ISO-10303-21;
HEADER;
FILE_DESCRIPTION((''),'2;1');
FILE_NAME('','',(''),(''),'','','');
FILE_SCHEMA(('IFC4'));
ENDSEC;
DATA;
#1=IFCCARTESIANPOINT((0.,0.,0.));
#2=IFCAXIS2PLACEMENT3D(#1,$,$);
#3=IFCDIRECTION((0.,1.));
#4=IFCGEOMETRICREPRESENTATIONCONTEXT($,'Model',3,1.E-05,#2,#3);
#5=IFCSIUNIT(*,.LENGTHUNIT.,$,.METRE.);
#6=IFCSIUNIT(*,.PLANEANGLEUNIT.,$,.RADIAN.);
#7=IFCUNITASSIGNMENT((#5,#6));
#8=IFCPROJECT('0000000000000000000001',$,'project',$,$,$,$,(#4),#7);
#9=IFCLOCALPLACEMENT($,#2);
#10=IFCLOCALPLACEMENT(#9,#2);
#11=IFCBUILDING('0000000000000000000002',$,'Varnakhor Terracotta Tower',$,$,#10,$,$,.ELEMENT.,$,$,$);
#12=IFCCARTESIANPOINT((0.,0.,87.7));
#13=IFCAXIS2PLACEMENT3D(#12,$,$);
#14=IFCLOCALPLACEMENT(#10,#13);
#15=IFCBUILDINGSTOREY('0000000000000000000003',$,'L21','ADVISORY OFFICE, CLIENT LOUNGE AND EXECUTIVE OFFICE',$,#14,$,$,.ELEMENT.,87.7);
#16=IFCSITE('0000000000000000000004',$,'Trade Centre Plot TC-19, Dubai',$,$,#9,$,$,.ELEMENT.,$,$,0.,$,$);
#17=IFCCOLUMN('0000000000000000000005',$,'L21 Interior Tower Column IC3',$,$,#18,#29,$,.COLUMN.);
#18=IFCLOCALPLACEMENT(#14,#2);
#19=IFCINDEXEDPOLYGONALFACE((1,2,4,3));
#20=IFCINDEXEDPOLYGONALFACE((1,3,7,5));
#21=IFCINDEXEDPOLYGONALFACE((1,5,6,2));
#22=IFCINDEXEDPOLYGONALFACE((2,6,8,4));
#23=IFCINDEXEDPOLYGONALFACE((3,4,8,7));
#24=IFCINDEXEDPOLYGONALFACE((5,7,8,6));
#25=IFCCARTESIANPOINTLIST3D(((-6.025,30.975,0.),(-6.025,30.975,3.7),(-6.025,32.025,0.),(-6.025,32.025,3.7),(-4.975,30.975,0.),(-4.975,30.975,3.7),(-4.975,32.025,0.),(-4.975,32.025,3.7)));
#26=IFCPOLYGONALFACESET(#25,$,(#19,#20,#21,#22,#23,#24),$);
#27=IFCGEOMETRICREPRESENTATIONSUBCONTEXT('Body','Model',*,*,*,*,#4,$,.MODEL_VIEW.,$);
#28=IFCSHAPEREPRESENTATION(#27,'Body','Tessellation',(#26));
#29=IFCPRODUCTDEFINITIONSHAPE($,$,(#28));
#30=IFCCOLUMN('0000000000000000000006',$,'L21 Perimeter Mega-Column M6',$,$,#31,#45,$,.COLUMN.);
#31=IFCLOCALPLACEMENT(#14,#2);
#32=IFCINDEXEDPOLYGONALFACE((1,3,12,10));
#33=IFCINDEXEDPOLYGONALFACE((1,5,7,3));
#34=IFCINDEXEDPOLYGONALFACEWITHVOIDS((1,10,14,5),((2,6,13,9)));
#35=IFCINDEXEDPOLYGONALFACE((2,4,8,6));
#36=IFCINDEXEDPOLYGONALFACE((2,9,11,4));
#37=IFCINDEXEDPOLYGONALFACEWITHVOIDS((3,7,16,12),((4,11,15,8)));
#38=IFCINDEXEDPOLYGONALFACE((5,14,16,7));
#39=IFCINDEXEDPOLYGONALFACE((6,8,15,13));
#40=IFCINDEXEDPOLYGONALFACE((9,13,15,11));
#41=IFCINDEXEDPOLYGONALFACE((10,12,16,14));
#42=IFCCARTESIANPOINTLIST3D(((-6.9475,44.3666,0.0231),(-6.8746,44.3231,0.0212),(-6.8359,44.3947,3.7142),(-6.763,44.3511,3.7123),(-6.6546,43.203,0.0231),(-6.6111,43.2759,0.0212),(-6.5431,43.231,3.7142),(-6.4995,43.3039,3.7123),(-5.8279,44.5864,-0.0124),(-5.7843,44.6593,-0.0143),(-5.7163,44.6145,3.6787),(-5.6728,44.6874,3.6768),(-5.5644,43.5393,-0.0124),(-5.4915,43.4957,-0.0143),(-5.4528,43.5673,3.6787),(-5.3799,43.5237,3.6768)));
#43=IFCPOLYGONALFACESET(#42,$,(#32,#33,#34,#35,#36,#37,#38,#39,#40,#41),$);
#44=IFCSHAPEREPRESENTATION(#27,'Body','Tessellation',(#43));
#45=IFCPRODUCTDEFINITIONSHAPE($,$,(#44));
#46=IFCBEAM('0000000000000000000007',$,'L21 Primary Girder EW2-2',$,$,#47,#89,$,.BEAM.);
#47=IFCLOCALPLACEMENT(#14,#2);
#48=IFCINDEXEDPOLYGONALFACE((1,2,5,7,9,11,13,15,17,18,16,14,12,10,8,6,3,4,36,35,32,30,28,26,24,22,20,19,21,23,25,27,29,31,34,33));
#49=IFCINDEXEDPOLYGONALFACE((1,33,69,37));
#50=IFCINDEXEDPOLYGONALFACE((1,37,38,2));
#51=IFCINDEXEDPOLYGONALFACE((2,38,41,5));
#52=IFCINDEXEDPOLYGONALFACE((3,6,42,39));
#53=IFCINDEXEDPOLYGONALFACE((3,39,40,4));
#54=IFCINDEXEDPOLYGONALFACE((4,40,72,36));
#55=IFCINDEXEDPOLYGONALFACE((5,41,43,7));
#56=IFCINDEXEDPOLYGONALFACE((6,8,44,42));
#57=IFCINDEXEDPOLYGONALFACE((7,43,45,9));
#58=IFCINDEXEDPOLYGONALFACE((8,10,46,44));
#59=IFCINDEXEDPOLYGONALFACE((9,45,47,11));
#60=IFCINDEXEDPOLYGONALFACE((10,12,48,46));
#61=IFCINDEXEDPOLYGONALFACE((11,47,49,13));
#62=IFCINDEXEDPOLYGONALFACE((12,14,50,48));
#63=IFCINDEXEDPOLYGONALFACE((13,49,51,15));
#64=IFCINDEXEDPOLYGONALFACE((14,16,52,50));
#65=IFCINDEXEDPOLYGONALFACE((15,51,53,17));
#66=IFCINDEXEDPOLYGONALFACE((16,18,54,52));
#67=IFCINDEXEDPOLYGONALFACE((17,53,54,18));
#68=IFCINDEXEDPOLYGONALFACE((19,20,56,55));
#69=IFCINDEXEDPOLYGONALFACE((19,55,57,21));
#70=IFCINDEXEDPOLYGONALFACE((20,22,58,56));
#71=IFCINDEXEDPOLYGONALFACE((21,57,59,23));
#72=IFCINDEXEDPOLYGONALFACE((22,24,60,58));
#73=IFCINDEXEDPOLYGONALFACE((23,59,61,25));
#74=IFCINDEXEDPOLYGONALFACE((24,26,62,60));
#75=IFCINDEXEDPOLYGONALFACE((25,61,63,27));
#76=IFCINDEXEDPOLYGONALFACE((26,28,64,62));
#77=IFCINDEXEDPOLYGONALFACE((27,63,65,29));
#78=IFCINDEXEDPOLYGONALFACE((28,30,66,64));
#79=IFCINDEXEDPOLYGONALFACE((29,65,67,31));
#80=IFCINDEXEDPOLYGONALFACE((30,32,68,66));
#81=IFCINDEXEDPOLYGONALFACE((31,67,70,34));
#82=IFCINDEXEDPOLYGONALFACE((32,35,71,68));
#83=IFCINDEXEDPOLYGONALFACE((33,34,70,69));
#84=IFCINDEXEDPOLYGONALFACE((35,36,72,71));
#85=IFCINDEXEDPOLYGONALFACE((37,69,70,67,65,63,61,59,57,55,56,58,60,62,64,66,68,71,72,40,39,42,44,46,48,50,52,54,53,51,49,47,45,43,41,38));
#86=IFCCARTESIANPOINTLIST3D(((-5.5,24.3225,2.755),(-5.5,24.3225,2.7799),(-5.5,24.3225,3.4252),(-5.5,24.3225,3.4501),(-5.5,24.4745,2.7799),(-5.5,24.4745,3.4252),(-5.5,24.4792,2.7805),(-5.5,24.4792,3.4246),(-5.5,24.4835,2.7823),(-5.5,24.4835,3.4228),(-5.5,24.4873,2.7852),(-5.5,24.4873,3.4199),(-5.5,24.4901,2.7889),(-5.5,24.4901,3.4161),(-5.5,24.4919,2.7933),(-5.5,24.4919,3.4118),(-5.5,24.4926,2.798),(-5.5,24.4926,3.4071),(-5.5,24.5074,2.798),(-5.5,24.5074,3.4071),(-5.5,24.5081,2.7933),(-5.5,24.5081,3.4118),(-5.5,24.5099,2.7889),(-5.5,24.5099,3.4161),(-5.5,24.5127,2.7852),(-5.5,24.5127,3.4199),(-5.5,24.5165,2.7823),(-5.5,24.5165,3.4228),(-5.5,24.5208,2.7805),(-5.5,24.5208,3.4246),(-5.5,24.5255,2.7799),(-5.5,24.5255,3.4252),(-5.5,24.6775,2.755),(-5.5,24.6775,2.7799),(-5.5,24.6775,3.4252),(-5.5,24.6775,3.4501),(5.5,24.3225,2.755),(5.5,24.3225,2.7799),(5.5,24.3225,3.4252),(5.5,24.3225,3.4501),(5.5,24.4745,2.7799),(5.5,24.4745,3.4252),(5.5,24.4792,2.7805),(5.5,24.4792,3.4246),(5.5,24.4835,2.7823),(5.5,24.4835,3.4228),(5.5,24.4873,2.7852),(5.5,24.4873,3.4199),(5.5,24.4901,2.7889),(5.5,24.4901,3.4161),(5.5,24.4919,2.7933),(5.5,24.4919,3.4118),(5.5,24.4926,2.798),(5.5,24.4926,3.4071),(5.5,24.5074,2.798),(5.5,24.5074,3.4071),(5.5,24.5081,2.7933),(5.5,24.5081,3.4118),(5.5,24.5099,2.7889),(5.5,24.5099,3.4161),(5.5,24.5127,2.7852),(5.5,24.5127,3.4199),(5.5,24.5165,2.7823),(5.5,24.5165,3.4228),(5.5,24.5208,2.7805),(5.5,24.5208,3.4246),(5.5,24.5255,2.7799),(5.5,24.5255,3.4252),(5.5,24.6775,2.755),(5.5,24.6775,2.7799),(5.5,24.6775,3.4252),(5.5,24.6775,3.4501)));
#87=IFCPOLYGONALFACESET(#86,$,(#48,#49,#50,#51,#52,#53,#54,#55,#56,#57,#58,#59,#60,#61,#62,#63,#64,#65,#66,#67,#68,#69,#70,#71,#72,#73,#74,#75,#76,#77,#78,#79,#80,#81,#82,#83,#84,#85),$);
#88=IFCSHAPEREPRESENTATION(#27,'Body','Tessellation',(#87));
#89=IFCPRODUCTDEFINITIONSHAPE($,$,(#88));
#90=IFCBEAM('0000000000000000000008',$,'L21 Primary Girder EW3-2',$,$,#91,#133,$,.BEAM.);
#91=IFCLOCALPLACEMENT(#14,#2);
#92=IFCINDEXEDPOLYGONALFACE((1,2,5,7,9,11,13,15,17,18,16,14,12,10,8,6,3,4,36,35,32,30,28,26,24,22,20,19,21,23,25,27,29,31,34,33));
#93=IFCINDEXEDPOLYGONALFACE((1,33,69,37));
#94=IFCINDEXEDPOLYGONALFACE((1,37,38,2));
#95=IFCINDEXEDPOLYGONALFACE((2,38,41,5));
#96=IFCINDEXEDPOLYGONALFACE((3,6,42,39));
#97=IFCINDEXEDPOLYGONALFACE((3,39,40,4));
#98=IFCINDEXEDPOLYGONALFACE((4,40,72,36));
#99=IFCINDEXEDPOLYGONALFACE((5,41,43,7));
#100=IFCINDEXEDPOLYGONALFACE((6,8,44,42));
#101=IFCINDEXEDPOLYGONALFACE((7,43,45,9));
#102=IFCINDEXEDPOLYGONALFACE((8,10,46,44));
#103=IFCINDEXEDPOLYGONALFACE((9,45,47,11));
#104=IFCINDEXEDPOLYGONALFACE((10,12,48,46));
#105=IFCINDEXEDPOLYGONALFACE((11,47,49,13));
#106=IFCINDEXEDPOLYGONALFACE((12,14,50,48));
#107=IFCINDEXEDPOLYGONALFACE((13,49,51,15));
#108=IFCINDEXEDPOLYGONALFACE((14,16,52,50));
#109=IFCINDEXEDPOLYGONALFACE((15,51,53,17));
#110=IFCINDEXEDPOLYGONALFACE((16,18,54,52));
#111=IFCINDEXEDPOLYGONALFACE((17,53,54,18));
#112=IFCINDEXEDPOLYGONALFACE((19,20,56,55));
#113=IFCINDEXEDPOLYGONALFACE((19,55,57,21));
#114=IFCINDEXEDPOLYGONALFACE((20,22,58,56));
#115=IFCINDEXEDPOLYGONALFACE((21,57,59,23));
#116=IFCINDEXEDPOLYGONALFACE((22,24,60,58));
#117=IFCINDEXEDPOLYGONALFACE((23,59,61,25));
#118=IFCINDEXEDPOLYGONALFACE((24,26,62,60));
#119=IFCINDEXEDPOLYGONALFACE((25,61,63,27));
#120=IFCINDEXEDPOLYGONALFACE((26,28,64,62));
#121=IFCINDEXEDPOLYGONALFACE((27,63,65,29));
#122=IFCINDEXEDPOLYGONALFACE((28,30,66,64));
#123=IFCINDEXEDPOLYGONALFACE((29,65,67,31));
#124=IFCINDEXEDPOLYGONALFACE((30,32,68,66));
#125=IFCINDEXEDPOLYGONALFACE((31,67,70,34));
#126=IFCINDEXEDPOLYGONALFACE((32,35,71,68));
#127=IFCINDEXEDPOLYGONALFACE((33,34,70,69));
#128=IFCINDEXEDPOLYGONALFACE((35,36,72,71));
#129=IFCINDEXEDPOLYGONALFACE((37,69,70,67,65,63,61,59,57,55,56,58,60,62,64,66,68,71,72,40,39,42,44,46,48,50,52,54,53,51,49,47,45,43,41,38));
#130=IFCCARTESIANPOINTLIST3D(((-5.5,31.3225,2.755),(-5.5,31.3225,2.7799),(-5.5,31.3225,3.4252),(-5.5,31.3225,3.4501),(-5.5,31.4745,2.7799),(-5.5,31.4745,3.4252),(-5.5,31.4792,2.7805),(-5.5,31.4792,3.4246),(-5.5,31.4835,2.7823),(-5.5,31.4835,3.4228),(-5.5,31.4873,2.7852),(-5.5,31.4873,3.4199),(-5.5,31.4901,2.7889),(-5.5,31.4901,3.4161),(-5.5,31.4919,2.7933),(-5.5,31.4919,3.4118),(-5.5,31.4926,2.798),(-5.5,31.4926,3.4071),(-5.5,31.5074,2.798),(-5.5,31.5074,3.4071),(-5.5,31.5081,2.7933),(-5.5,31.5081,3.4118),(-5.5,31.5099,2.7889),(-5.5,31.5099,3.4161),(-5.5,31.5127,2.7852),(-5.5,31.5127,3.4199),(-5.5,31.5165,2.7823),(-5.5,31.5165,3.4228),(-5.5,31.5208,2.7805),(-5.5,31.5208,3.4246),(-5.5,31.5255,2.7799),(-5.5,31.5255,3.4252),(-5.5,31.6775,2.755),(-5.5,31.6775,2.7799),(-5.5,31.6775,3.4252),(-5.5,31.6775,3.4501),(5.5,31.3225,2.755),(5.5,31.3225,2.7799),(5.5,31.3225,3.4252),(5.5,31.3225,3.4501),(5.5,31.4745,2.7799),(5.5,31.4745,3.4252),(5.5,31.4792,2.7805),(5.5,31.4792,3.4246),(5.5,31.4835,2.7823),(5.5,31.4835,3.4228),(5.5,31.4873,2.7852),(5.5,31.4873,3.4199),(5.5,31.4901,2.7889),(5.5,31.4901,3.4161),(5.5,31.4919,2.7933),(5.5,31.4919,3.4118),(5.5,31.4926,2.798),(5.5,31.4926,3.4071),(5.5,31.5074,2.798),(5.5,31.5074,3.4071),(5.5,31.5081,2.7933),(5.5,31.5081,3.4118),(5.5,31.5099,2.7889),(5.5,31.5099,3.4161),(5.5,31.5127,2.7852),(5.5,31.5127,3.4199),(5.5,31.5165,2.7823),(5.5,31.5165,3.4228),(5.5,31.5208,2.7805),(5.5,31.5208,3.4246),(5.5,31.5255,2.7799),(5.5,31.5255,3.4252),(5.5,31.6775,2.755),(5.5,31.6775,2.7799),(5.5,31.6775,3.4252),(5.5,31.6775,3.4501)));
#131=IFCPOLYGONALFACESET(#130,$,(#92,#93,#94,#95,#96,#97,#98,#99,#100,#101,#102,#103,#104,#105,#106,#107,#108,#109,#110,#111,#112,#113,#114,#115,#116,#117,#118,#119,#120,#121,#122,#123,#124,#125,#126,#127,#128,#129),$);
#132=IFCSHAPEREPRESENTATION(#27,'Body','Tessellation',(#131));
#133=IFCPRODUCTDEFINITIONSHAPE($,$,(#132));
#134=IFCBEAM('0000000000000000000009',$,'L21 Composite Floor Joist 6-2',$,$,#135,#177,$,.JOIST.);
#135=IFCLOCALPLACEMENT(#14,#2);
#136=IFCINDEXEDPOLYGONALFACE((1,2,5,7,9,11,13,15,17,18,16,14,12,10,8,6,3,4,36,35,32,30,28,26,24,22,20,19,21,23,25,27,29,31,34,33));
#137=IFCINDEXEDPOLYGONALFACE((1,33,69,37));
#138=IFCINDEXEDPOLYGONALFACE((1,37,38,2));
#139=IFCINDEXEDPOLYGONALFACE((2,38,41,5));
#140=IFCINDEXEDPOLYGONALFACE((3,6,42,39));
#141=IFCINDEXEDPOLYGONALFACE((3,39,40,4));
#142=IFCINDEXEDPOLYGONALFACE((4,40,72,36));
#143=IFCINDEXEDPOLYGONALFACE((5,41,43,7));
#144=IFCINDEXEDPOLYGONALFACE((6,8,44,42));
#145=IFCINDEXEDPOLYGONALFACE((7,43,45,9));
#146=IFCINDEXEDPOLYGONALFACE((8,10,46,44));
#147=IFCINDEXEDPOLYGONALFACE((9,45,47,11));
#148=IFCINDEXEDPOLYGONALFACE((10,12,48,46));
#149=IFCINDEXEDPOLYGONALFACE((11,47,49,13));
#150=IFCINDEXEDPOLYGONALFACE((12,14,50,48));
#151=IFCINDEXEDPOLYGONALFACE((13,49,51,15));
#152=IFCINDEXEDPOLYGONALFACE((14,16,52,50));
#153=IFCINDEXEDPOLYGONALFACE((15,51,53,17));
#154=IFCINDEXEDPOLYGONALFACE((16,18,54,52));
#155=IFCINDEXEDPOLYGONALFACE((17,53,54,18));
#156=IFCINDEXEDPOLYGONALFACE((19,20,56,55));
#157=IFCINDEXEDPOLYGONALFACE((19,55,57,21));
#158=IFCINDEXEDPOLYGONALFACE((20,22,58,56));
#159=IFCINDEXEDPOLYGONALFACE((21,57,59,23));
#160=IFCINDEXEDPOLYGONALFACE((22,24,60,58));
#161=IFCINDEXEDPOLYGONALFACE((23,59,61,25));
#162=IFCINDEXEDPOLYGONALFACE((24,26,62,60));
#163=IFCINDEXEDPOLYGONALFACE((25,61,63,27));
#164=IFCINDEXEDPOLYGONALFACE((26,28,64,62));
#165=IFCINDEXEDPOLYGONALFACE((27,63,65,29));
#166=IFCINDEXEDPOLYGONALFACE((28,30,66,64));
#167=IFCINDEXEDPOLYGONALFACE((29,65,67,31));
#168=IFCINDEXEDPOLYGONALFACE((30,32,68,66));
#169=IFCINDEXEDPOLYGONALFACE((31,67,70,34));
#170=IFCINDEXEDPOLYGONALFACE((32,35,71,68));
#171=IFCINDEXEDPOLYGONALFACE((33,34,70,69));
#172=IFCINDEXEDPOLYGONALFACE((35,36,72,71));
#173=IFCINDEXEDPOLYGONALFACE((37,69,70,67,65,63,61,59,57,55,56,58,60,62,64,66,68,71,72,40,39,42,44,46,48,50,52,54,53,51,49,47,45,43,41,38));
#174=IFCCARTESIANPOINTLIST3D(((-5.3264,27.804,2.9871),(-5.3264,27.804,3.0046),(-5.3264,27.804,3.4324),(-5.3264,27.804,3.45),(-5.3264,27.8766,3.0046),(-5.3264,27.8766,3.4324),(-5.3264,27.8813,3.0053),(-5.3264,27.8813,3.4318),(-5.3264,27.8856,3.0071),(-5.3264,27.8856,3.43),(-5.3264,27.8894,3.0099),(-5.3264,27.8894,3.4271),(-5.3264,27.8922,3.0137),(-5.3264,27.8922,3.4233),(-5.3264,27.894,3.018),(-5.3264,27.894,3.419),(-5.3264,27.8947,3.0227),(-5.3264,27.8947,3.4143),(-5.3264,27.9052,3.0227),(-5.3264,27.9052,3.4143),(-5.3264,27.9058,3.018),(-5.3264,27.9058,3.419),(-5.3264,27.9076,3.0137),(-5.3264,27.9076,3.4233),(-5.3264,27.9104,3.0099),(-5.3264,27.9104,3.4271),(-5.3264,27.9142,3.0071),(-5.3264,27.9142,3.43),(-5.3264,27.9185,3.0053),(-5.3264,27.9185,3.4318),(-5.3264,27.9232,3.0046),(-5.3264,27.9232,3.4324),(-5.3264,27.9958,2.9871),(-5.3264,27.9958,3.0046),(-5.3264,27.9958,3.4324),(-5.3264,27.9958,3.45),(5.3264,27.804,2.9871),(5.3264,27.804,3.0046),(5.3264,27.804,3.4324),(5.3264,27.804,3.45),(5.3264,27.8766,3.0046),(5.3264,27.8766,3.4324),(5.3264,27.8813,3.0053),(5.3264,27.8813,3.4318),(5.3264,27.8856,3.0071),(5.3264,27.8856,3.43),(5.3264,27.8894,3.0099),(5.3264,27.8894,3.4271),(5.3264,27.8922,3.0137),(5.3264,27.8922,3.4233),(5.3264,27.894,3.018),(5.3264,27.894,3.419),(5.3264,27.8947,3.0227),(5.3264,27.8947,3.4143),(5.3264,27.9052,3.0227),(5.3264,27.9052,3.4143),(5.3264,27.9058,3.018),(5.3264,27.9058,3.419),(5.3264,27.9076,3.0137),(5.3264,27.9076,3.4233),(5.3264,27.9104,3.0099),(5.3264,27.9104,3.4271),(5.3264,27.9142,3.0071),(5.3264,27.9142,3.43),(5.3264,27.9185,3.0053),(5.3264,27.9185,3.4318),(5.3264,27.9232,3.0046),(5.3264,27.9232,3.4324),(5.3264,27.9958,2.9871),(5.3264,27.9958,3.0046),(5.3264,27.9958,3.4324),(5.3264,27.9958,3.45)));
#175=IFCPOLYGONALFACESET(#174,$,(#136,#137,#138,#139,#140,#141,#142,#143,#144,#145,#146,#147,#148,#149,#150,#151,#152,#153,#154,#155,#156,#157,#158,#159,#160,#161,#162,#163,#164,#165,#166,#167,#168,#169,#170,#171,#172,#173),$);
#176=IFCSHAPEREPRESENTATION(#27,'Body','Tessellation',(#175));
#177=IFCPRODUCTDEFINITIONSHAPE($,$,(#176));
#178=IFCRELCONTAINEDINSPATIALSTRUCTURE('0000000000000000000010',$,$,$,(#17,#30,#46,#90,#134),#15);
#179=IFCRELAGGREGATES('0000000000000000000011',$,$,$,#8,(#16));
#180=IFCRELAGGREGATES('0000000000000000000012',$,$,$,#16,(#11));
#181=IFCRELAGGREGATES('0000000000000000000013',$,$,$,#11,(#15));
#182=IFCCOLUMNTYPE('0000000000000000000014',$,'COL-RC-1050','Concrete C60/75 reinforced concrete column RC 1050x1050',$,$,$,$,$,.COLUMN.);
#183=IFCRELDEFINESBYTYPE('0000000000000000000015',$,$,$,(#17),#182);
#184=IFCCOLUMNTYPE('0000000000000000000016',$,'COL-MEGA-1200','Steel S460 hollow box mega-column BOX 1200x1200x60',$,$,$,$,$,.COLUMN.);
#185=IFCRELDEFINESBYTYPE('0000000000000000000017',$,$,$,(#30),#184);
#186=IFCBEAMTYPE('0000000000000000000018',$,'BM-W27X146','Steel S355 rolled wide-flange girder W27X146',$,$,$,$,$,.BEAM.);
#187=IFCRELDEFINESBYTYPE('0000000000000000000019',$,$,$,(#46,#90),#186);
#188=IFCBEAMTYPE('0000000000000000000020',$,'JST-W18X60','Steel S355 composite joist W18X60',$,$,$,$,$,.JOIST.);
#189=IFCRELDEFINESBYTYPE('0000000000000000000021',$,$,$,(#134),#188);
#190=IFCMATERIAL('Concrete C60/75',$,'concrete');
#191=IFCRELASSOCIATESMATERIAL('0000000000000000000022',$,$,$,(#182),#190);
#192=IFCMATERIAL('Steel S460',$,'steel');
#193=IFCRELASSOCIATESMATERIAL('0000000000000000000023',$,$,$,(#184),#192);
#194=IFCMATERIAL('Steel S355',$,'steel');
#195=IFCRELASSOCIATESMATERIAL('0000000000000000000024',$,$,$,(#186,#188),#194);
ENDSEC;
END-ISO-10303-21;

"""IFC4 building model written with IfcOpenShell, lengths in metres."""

from ifc_helpers import new_model, si_unit, direction, frame, origin, origin_2d, place, context, subcontext, project, spatial, rectangle, hollow_rectangle, i_section, extrude, source, transform, mapped, material, material_profile, profile_set, type_object, element, save


model = new_model("IFC4")

# Units and contexts
model_context = context("Model", 3, precision=1e-05, world=origin(), true_north=direction((0.0, 1.0)))
body_context = subcontext(model_context, "Body", "Model", "MODEL_VIEW")
ifc_project = project(units=[si_unit("LENGTHUNIT", "METRE"), si_unit("PLANEANGLEUNIT", "RADIAN")], contexts=[model_context])

# Site, building, storey
site_placement = place(None, origin())
site = spatial("IfcSite", under=ifc_project, at=site_placement, Name="Trade Centre Plot TC-19, Dubai", CompositionType="ELEMENT", RefElevation=0.0)
building_placement = place(site_placement, origin())
building = spatial("IfcBuilding", under=site, at=building_placement, Name="Varnakhor Terracotta Tower", CompositionType="ELEMENT")
storey_placement = place(building_placement, frame((0.0, 0.0, 87.7)))
storey = spatial("IfcBuildingStorey", under=building, at=storey_placement, Name="L21", Description="ADVISORY OFFICE, CLIENT LOUNGE AND EXECUTIVE OFFICE", CompositionType="ELEMENT", Elevation=87.7)

# Columns
ifc_material_1 = material(Name="Concrete C60/75", Category="concrete")
ifc_material_profile_1 = material_profile(ifc_material_1, rectangle(XDim=1.05, YDim=1.05, at=origin_2d()), Name="RC 1050x1050")
ifc_profile_set_1 = profile_set([ifc_material_profile_1], Name="Concrete C60/75")
column_type_1 = type_object("IfcColumnType", Name="COL-RC-1050", Description="Concrete C60/75 reinforced concrete column RC 1050x1050", PredefinedType="COLUMN", material=ifc_profile_set_1)
shared_shape_1 = source(origin(), body_context, "Body", "SweptSolid", [
    extrude(rectangle(XDim=1.05, YDim=1.05, at=origin_2d()), origin(), (0.0, 0.0, 1.0), 3.7),
])
column_1_placement = place(storey_placement, frame((-5.5, 31.5, 0.0), z_axis=(0.0, 0.0, 1.0), x_axis=(1.0, 0.0, 0.0)))
element("IfcColumn", 1, at=column_1_placement, inside=storey, type_object=column_type_1, Name="L21 Interior Tower Column IC3", PredefinedType="COLUMN", context=body_context, shape_type="MappedRepresentation", body=[
    mapped(shared_shape_1, transform((0.0, 0.0, 0.0), scale=1.0)),
])
ifc_material_2 = material(Name="Steel S460", Category="steel")
ifc_material_profile_2 = material_profile(ifc_material_2, hollow_rectangle(XDim=1.2, YDim=1.2, WallThickness=0.0601, at=origin_2d()), Name="BOX 1200x1200x60")
ifc_profile_set_2 = profile_set([ifc_material_profile_2], Name="Steel S460")
column_type_2 = type_object("IfcColumnType", Name="COL-MEGA-1200", Description="Steel S460 hollow box mega-column BOX 1200x1200x60", PredefinedType="COLUMN", material=ifc_profile_set_2)
shared_shape_2 = source(origin(), body_context, "Body", "SweptSolid", [
    extrude(hollow_rectangle(XDim=1.2, YDim=1.2, WallThickness=0.0601, at=origin_2d()), origin(), (0.0, 0.0, 1.0), 3.6929),
])
column_2_placement = place(storey_placement, frame((-6.2195, 43.9312, 0.0044), z_axis=(0.030212, 0.007603, 0.999515), x_axis=(-0.244033, 0.969767, 0.0)))
element("IfcColumn", 2, at=column_2_placement, inside=storey, type_object=column_type_2, Name="L21 Perimeter Mega-Column M6", PredefinedType="COLUMN", context=body_context, shape_type="MappedRepresentation", body=[
    mapped(shared_shape_2, transform((0.0, 0.0, 0.0), scale=1.0)),
])

# Beams
ifc_material_3 = material(Name="Steel S355", Category="steel")
ifc_material_profile_3 = material_profile(ifc_material_3, i_section(OverallWidth=0.355, OverallDepth=0.6951, WebThickness=0.0149, FlangeThickness=0.0249, FilletRadius=0.0181, at=origin_2d()), Name="W27X146")
ifc_profile_set_3 = profile_set([ifc_material_profile_3], Name="Steel S355")
beam_type_1 = type_object("IfcBeamType", Name="BM-W27X146", Description="Steel S355 rolled wide-flange girder W27X146", PredefinedType="BEAM", material=ifc_profile_set_3)
shared_shape_3 = source(origin(), body_context, "Body", "SweptSolid", [
    extrude(i_section(OverallWidth=0.355, OverallDepth=0.6951, WebThickness=0.0149, FlangeThickness=0.0249, FilletRadius=0.0181, at=origin_2d()), origin(), (0.0, 0.0, 1.0), 11.0),
])
for number, where, z_axis, x_axis, name in (
    (3, (-5.5, 24.5, 3.1025), (1.0, 0.0, 0.0), (0.0, 1.0, 0.0), "L21 Primary Girder EW2-2"),
    (4, (-5.5, 31.5, 3.1025), (1.0, 0.0, 0.0), (0.0, 1.0, 0.0), "L21 Primary Girder EW3-2"),
):
    element("IfcBeam", number, at=place(storey_placement, frame(where, z_axis=z_axis, x_axis=x_axis)), inside=storey, type_object=beam_type_1, Name=name, PredefinedType="BEAM", context=body_context, shape_type="MappedRepresentation", body=[
        mapped(shared_shape_3, transform((0.0, 0.0, 0.0), scale=1.0)),
    ])
ifc_material_profile_4 = material_profile(ifc_material_3, i_section(OverallWidth=0.1919, OverallDepth=0.4629, WebThickness=0.0105, FlangeThickness=0.0176, FilletRadius=0.0181, at=origin_2d()), Name="W18X60")
ifc_profile_set_4 = profile_set([ifc_material_profile_4], Name="Steel S355")
beam_type_2 = type_object("IfcBeamType", Name="JST-W18X60", Description="Steel S355 composite joist W18X60", PredefinedType="JOIST", material=ifc_profile_set_4)
shared_shape_4 = source(origin(), body_context, "Body", "SweptSolid", [
    extrude(i_section(OverallWidth=0.1919, OverallDepth=0.4629, WebThickness=0.0105, FlangeThickness=0.0176, FilletRadius=0.0181, at=origin_2d()), origin(), (0.0, 0.0, 1.0), 10.6528),
])
for number, where, z_axis, x_axis, name in (
    (5, (-5.3264, 27.8999, 3.2185), (1.0, 0.0, 0.0), (0.0, 1.0, 0.0), "L21 Composite Floor Joist 6-2"),
):
    element("IfcBeam", number, at=place(storey_placement, frame(where, z_axis=z_axis, x_axis=x_axis)), inside=storey, type_object=beam_type_2, Name=name, PredefinedType="JOIST", context=body_context, shape_type="MappedRepresentation", body=[
        mapped(shared_shape_4, transform((0.0, 0.0, 0.0), scale=1.0)),
    ])

save(model, "model.ifc")
